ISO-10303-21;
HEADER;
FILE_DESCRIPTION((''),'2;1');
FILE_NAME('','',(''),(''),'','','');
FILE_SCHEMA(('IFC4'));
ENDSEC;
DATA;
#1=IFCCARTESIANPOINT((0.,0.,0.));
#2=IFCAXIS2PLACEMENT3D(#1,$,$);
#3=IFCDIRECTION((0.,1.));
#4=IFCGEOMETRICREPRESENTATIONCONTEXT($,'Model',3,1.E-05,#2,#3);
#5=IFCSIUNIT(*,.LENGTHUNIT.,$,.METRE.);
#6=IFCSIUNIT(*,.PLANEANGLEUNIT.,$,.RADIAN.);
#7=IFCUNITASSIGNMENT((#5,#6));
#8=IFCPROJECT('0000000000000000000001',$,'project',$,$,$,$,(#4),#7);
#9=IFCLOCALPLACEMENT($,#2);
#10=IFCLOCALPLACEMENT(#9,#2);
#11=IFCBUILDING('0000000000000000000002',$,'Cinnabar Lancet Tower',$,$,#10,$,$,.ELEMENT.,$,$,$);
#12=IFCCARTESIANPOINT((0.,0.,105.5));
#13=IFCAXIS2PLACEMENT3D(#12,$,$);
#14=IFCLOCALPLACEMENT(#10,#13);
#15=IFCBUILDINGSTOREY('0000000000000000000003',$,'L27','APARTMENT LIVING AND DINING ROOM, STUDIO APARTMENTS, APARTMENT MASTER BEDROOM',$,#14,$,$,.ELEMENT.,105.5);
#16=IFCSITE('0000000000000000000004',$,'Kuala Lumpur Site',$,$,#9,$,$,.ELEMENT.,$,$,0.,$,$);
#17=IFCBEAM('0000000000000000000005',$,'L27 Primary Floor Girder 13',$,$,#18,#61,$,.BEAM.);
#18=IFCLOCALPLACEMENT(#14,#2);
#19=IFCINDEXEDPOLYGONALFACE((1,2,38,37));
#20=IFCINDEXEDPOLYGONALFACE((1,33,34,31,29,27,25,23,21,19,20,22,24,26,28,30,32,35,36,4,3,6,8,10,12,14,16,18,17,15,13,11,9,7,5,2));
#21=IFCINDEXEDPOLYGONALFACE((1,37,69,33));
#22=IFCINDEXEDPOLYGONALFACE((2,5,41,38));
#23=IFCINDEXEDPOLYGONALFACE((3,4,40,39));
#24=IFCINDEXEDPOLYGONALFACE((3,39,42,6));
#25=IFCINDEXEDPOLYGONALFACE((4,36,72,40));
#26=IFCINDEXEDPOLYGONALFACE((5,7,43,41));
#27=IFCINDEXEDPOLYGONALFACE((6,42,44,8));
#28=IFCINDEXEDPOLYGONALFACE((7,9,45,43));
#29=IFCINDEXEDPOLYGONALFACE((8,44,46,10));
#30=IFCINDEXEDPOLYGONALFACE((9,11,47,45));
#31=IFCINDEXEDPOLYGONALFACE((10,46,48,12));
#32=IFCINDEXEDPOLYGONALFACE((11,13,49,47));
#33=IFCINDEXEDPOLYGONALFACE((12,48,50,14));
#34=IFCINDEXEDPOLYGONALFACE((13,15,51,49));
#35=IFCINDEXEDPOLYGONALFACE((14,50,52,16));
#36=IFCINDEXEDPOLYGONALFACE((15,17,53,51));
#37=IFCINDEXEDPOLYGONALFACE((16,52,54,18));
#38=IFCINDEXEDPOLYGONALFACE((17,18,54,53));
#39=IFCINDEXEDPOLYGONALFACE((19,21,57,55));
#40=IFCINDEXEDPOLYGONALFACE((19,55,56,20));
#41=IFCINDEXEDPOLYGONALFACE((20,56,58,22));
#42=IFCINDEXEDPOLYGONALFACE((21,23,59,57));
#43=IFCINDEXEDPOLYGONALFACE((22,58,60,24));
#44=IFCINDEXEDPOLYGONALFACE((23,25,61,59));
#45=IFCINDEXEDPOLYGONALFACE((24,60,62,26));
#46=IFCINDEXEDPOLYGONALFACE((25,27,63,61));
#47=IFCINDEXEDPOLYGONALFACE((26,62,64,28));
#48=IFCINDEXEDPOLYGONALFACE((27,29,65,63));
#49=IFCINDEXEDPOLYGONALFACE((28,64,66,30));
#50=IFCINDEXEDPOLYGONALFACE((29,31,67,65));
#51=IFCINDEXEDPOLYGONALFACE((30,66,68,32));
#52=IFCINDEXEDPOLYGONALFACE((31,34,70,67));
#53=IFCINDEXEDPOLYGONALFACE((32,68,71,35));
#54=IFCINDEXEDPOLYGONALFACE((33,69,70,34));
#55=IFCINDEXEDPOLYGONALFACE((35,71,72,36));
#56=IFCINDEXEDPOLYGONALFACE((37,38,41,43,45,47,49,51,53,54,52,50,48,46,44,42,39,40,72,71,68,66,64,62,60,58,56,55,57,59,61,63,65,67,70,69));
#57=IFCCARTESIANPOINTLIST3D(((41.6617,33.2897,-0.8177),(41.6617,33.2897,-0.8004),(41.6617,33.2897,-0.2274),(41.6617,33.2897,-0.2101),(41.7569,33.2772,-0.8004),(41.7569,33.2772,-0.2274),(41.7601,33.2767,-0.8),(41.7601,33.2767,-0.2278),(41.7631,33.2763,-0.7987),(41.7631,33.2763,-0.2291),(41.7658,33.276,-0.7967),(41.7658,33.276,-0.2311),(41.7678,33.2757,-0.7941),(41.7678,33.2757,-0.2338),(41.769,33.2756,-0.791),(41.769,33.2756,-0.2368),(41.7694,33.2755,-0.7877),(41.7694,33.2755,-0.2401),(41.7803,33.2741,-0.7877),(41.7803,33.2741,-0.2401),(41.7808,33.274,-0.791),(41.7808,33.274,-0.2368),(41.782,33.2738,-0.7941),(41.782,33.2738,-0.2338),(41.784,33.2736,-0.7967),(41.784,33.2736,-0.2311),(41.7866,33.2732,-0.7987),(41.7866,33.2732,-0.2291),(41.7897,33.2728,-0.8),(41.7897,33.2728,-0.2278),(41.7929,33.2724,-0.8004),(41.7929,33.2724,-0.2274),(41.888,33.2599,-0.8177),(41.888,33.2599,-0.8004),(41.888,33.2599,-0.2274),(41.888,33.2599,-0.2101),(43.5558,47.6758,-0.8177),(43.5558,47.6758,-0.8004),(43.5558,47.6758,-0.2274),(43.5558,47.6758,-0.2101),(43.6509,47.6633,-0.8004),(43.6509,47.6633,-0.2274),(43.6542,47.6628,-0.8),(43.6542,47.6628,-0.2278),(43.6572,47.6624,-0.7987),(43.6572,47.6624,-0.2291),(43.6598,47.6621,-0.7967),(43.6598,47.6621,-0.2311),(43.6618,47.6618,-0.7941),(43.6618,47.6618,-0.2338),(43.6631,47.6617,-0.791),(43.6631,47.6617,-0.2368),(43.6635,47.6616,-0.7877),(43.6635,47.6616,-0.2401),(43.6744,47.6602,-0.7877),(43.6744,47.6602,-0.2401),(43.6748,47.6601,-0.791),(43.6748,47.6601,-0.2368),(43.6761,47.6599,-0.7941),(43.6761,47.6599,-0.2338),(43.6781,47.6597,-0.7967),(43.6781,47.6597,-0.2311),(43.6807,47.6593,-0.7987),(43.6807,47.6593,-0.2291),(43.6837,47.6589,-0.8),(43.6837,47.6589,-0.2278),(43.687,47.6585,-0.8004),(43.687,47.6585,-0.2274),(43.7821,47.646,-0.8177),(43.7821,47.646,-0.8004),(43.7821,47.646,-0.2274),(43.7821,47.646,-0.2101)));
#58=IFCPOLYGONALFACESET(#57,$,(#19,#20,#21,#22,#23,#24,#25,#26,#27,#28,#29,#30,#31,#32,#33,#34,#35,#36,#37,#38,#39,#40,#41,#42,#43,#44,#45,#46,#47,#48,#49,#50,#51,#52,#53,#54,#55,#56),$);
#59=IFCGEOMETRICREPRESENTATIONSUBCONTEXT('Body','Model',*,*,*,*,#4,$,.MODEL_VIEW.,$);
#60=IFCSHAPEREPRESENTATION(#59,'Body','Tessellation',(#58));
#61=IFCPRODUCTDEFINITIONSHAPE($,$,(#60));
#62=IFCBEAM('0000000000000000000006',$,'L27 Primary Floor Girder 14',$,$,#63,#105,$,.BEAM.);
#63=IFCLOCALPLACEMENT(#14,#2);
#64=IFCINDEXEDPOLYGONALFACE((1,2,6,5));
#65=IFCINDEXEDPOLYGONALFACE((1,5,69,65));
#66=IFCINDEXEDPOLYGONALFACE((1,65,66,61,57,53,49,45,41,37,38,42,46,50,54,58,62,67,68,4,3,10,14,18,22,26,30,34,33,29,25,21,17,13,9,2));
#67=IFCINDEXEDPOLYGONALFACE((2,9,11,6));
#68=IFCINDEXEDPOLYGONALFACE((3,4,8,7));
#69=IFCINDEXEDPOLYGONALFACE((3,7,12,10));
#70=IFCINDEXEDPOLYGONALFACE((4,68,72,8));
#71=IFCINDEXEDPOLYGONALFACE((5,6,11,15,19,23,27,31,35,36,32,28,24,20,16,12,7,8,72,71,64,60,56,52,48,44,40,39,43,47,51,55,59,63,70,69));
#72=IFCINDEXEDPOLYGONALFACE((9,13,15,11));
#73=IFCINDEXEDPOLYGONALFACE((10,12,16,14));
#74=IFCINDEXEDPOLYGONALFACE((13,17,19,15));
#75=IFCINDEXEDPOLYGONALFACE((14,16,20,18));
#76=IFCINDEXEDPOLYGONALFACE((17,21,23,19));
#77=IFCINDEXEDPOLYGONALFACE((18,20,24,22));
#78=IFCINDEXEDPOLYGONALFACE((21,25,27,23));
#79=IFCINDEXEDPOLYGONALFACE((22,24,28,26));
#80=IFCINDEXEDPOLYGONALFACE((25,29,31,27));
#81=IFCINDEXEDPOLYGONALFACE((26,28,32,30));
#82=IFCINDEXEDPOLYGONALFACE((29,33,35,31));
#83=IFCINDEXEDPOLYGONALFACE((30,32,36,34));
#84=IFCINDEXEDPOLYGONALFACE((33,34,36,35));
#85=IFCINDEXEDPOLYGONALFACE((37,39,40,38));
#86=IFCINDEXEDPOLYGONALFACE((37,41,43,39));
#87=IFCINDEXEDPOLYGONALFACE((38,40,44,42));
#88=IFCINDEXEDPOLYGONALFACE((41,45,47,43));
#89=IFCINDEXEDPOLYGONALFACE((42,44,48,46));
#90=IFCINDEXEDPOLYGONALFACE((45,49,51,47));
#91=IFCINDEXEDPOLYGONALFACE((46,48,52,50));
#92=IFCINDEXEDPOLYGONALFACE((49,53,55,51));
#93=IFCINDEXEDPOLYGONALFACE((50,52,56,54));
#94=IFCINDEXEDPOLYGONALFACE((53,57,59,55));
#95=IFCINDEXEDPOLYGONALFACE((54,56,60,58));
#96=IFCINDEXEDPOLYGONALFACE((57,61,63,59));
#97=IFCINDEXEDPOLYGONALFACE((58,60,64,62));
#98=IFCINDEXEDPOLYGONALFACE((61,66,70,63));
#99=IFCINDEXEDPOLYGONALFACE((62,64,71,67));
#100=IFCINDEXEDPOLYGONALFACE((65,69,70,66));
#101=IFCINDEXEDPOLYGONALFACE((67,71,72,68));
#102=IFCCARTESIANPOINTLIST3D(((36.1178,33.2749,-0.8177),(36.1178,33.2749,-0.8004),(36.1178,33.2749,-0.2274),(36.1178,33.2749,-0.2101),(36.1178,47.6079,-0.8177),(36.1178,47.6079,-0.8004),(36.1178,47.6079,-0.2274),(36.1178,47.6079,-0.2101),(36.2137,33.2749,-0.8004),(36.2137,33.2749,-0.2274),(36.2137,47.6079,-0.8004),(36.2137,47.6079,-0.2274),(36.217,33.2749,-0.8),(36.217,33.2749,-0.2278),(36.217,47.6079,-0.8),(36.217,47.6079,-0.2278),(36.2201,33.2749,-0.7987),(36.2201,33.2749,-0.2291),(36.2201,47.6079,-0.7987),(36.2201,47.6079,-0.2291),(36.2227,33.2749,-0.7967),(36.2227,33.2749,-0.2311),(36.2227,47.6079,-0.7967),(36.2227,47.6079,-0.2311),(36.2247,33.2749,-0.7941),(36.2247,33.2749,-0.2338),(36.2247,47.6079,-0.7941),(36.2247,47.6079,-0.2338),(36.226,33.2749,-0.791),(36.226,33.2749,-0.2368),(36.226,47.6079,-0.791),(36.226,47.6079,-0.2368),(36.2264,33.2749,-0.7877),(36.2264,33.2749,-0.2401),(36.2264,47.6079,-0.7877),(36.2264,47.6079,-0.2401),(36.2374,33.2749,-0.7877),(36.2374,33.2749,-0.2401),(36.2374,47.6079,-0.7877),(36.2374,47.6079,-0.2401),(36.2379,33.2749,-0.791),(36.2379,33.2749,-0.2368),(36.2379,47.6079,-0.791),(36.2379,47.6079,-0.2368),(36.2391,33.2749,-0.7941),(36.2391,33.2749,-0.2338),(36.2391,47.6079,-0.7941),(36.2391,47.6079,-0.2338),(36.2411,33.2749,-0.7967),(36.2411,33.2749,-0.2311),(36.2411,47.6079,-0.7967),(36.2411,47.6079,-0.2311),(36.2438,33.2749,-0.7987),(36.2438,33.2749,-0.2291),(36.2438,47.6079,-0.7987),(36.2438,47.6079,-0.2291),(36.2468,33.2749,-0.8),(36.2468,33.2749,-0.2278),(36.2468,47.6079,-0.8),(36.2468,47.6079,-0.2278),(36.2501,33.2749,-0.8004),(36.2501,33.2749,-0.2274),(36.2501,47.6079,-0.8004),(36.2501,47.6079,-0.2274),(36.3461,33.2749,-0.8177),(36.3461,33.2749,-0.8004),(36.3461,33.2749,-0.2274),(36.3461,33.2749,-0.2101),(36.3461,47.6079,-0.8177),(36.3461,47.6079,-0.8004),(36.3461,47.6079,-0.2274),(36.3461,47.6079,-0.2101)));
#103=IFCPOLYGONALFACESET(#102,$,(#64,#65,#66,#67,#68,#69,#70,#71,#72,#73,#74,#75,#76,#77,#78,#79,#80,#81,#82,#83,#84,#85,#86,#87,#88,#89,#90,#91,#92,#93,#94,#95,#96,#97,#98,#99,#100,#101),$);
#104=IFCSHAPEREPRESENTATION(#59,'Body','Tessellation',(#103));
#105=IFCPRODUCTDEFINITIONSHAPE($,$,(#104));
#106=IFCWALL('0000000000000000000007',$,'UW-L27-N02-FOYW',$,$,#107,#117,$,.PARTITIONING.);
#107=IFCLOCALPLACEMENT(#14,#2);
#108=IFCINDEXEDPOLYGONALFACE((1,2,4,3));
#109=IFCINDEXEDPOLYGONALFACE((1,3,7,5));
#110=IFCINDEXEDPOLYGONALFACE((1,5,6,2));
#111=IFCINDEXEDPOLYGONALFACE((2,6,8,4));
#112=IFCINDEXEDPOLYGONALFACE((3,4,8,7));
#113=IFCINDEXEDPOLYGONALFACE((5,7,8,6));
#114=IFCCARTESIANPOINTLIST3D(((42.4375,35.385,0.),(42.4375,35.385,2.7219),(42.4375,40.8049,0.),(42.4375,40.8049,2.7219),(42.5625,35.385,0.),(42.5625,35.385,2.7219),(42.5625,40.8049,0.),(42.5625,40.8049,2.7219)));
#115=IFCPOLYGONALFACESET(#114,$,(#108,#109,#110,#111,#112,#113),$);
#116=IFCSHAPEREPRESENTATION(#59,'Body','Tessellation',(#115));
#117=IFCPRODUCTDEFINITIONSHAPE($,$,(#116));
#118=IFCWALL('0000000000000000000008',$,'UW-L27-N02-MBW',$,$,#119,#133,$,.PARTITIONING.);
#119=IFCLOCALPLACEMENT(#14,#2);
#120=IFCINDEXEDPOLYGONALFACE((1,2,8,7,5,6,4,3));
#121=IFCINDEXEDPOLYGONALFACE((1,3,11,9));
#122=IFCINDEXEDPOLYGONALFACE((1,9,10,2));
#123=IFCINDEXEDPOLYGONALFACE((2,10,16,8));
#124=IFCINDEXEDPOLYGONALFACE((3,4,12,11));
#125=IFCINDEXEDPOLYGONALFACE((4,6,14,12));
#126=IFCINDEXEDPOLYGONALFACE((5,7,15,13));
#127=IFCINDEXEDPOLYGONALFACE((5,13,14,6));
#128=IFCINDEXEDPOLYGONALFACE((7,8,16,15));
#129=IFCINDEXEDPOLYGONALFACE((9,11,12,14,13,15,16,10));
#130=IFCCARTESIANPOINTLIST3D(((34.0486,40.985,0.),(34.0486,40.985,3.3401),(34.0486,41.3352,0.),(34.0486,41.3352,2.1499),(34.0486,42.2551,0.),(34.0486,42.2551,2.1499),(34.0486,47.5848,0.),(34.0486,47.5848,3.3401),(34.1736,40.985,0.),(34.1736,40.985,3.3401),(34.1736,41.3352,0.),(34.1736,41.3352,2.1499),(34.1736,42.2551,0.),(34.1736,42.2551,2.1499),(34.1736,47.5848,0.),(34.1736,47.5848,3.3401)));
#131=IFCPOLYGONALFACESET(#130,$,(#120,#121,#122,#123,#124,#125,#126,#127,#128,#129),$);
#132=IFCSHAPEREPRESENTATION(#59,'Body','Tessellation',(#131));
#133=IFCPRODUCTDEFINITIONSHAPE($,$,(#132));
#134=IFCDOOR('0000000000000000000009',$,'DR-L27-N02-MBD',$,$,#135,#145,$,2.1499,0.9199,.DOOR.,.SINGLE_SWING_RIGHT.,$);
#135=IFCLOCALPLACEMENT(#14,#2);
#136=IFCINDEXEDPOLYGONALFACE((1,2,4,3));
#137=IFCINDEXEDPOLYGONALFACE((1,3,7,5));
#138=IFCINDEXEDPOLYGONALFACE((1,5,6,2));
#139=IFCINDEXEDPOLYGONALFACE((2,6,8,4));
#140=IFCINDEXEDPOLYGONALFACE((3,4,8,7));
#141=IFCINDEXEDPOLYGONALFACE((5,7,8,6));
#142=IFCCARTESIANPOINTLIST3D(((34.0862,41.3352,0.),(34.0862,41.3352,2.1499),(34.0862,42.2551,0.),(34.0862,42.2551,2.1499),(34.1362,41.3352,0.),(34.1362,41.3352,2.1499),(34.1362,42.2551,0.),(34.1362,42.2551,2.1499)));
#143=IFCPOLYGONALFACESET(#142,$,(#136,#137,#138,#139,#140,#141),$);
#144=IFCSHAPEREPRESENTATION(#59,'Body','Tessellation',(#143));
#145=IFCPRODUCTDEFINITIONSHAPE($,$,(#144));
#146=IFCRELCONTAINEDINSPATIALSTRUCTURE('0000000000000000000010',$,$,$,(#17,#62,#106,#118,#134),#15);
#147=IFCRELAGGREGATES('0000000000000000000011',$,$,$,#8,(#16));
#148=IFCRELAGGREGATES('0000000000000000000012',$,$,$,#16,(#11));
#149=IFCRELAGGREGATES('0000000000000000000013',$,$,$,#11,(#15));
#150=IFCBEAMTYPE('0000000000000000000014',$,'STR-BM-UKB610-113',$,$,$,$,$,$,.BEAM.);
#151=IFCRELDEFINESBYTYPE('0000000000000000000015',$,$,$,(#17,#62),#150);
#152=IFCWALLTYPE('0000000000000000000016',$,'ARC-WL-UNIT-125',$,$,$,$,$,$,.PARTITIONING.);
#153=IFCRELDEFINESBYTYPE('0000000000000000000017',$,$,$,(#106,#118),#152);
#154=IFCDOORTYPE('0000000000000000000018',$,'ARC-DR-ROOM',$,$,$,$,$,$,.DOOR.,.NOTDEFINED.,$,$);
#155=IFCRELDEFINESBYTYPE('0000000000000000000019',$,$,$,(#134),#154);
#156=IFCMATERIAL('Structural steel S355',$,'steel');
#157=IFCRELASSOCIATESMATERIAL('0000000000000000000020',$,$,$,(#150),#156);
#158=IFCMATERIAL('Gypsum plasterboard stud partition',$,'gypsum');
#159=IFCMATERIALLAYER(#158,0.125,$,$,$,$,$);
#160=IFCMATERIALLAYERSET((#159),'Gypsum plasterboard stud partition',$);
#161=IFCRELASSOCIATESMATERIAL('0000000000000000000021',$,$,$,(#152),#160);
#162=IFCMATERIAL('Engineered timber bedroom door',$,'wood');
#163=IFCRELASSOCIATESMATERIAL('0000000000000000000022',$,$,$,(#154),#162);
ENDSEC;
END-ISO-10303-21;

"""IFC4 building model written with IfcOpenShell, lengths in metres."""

from ifc_helpers import new_model, si_unit, direction, frame, frame_2d, origin, origin_2d, place, context, subcontext, project, spatial, rectangle, i_section, extrude, material, layer, layer_set, material_profile, profile_set, type_object, element, fill, save


model = new_model("IFC4")

# Units and contexts
model_context = context("Model", 3, precision=1e-05, world=origin(), true_north=direction((0.0, 1.0)))
body_context = subcontext(model_context, "Body", "Model", "MODEL_VIEW")
ifc_project = project(units=[si_unit("LENGTHUNIT", "METRE"), si_unit("PLANEANGLEUNIT", "RADIAN")], contexts=[model_context])

# Site, building, storey
site_placement = place(None, origin())
site = spatial("IfcSite", under=ifc_project, at=site_placement, Name="Kuala Lumpur Site", CompositionType="ELEMENT", RefElevation=0.0)
building_placement = place(site_placement, origin())
building = spatial("IfcBuilding", under=site, at=building_placement, Name="Cinnabar Lancet Tower", CompositionType="ELEMENT")
storey_placement = place(building_placement, frame((0.0, 0.0, 105.5)))
storey = spatial("IfcBuildingStorey", under=building, at=storey_placement, Name="L27", Description="APARTMENT LIVING AND DINING ROOM, STUDIO APARTMENTS, APARTMENT MASTER BEDROOM", CompositionType="ELEMENT", Elevation=105.5)

# Beams
ifc_material_1 = material(Name="Structural steel S355", Category="steel")
ifc_material_profile_1 = material_profile(ifc_material_1, i_section(OverallWidth=0.2283, OverallDepth=0.6077, WebThickness=0.011, FlangeThickness=0.0173, FilletRadius=0.0127, at=origin_2d()), Name="UKB 610x229x113")
ifc_profile_set_1 = profile_set([ifc_material_profile_1], Name="Structural steel S355")
beam_type_1 = type_object("IfcBeamType", Name="STR-BM-UKB610-113", PredefinedType="BEAM", material=ifc_profile_set_1)
beam_1_placement = place(storey_placement, frame((43.6689, 47.6609, -0.5139), z_axis=(-0.130532, -0.991444, 0.0), x_axis=(0.991444, -0.130532, 0.0)))
element("IfcBeam", 1, at=beam_1_placement, inside=storey, type_object=beam_type_1, Name="L27 Primary Floor Girder 13", PredefinedType="BEAM", context=body_context, shape_type="SweptSolid", body=[
    extrude(i_section(OverallWidth=0.2283, OverallDepth=0.6077, WebThickness=0.011, FlangeThickness=0.0173, FilletRadius=0.0127, at=origin_2d()), origin(), (0.0, 0.0, 1.0), 14.5103),
])
beam_2_placement = place(storey_placement, frame((36.2319, 47.6079, -0.5139), z_axis=(0.0, -1.0, 0.0), x_axis=(1.0, 0.0, 0.0)))
element("IfcBeam", 2, at=beam_2_placement, inside=storey, type_object=beam_type_1, Name="L27 Primary Floor Girder 14", PredefinedType="BEAM", context=body_context, shape_type="SweptSolid", body=[
    extrude(i_section(OverallWidth=0.2283, OverallDepth=0.6077, WebThickness=0.011, FlangeThickness=0.0173, FilletRadius=0.0127, at=origin_2d()), origin(), (0.0, 0.0, 1.0), 14.333),
])

# Wall
ifc_material_2 = material(Name="Gypsum plasterboard stud partition", Category="gypsum")
ifc_layer_1 = layer(ifc_material_2, 0.125)
ifc_layer_set_1 = layer_set([ifc_layer_1], Name="Gypsum plasterboard stud partition")
wall_type_1 = type_object("IfcWallType", Name="ARC-WL-UNIT-125", PredefinedType="PARTITIONING", material=ifc_layer_set_1)
wall_1_placement = place(storey_placement, frame((42.5, 35.385, 0.0), z_axis=(0.0, 0.0, 1.0), x_axis=(0.0, 1.0, 0.0)))
element("IfcWall", 3, at=wall_1_placement, inside=storey, type_object=wall_type_1, Name="UW-L27-N02-FOYW", PredefinedType="PARTITIONING", context=body_context, shape_type="SweptSolid", body=[
    extrude(rectangle(XDim=5.4199, YDim=0.125, at=frame_2d((2.71, 0.0))), origin(), (0.0, 0.0, 1.0), 2.7219),
])

# Wall, opening, door
wall_2_placement = place(storey_placement, frame((34.1111, 40.9851, 0.0), z_axis=(0.0, 0.0, 1.0), x_axis=(0.0, 1.0, 0.0)))
wall_2 = element("IfcWall", 4, at=wall_2_placement, inside=storey, type_object=wall_type_1, Name="UW-L27-N02-MBW", PredefinedType="PARTITIONING", context=body_context, shape_type="SweptSolid", body=[
    extrude(rectangle(XDim=6.5999, YDim=0.125, at=frame_2d((3.2998, 0.0))), origin(), (0.0, 0.0, 1.0), 3.3401),
])
opening_1_placement = place(wall_2_placement, frame((0.3501, 0.0, 0.0)))
opening_1 = element("IfcOpeningElement", 5, at=opening_1_placement, cuts=wall_2, PredefinedType="OPENING", context=body_context, shape_type="SweptSolid", body=[
    extrude(rectangle(XDim=0.9199, YDim=2.1499, at=frame_2d((0.46, 1.075))), frame((0.0, 0.0725, 0.0), z_axis=(0.0, -1.0, 0.0), x_axis=(1.0, 0.0, 0.0)), (0.0, 0.0, 1.0), 0.145),
])
ifc_material_3 = material(Name="Engineered timber bedroom door", Category="wood")
door_type_1 = type_object("IfcDoorType", Name="ARC-DR-ROOM", OperationType="NOTDEFINED", PredefinedType="DOOR", material=ifc_material_3)
door_1_placement = place(opening_1_placement, origin())
door_1 = element("IfcDoor", 6, at=door_1_placement, inside=storey, type_object=door_type_1, Name="DR-L27-N02-MBD", OperationType="SINGLE_SWING_RIGHT", OverallHeight=2.1499, OverallWidth=0.9199, PredefinedType="DOOR", context=body_context, shape_type="SweptSolid", body=[
    extrude(rectangle(XDim=0.9199, YDim=2.1499, at=frame_2d((0.46, 1.075))), frame((0.0, 0.0249, 0.0), z_axis=(0.0, -1.0, 0.0), x_axis=(1.0, 0.0, 0.0)), (0.0, 0.0, 1.0), 0.05),
])
fill(opening_1, door_1)

save(model, "model.ifc")
